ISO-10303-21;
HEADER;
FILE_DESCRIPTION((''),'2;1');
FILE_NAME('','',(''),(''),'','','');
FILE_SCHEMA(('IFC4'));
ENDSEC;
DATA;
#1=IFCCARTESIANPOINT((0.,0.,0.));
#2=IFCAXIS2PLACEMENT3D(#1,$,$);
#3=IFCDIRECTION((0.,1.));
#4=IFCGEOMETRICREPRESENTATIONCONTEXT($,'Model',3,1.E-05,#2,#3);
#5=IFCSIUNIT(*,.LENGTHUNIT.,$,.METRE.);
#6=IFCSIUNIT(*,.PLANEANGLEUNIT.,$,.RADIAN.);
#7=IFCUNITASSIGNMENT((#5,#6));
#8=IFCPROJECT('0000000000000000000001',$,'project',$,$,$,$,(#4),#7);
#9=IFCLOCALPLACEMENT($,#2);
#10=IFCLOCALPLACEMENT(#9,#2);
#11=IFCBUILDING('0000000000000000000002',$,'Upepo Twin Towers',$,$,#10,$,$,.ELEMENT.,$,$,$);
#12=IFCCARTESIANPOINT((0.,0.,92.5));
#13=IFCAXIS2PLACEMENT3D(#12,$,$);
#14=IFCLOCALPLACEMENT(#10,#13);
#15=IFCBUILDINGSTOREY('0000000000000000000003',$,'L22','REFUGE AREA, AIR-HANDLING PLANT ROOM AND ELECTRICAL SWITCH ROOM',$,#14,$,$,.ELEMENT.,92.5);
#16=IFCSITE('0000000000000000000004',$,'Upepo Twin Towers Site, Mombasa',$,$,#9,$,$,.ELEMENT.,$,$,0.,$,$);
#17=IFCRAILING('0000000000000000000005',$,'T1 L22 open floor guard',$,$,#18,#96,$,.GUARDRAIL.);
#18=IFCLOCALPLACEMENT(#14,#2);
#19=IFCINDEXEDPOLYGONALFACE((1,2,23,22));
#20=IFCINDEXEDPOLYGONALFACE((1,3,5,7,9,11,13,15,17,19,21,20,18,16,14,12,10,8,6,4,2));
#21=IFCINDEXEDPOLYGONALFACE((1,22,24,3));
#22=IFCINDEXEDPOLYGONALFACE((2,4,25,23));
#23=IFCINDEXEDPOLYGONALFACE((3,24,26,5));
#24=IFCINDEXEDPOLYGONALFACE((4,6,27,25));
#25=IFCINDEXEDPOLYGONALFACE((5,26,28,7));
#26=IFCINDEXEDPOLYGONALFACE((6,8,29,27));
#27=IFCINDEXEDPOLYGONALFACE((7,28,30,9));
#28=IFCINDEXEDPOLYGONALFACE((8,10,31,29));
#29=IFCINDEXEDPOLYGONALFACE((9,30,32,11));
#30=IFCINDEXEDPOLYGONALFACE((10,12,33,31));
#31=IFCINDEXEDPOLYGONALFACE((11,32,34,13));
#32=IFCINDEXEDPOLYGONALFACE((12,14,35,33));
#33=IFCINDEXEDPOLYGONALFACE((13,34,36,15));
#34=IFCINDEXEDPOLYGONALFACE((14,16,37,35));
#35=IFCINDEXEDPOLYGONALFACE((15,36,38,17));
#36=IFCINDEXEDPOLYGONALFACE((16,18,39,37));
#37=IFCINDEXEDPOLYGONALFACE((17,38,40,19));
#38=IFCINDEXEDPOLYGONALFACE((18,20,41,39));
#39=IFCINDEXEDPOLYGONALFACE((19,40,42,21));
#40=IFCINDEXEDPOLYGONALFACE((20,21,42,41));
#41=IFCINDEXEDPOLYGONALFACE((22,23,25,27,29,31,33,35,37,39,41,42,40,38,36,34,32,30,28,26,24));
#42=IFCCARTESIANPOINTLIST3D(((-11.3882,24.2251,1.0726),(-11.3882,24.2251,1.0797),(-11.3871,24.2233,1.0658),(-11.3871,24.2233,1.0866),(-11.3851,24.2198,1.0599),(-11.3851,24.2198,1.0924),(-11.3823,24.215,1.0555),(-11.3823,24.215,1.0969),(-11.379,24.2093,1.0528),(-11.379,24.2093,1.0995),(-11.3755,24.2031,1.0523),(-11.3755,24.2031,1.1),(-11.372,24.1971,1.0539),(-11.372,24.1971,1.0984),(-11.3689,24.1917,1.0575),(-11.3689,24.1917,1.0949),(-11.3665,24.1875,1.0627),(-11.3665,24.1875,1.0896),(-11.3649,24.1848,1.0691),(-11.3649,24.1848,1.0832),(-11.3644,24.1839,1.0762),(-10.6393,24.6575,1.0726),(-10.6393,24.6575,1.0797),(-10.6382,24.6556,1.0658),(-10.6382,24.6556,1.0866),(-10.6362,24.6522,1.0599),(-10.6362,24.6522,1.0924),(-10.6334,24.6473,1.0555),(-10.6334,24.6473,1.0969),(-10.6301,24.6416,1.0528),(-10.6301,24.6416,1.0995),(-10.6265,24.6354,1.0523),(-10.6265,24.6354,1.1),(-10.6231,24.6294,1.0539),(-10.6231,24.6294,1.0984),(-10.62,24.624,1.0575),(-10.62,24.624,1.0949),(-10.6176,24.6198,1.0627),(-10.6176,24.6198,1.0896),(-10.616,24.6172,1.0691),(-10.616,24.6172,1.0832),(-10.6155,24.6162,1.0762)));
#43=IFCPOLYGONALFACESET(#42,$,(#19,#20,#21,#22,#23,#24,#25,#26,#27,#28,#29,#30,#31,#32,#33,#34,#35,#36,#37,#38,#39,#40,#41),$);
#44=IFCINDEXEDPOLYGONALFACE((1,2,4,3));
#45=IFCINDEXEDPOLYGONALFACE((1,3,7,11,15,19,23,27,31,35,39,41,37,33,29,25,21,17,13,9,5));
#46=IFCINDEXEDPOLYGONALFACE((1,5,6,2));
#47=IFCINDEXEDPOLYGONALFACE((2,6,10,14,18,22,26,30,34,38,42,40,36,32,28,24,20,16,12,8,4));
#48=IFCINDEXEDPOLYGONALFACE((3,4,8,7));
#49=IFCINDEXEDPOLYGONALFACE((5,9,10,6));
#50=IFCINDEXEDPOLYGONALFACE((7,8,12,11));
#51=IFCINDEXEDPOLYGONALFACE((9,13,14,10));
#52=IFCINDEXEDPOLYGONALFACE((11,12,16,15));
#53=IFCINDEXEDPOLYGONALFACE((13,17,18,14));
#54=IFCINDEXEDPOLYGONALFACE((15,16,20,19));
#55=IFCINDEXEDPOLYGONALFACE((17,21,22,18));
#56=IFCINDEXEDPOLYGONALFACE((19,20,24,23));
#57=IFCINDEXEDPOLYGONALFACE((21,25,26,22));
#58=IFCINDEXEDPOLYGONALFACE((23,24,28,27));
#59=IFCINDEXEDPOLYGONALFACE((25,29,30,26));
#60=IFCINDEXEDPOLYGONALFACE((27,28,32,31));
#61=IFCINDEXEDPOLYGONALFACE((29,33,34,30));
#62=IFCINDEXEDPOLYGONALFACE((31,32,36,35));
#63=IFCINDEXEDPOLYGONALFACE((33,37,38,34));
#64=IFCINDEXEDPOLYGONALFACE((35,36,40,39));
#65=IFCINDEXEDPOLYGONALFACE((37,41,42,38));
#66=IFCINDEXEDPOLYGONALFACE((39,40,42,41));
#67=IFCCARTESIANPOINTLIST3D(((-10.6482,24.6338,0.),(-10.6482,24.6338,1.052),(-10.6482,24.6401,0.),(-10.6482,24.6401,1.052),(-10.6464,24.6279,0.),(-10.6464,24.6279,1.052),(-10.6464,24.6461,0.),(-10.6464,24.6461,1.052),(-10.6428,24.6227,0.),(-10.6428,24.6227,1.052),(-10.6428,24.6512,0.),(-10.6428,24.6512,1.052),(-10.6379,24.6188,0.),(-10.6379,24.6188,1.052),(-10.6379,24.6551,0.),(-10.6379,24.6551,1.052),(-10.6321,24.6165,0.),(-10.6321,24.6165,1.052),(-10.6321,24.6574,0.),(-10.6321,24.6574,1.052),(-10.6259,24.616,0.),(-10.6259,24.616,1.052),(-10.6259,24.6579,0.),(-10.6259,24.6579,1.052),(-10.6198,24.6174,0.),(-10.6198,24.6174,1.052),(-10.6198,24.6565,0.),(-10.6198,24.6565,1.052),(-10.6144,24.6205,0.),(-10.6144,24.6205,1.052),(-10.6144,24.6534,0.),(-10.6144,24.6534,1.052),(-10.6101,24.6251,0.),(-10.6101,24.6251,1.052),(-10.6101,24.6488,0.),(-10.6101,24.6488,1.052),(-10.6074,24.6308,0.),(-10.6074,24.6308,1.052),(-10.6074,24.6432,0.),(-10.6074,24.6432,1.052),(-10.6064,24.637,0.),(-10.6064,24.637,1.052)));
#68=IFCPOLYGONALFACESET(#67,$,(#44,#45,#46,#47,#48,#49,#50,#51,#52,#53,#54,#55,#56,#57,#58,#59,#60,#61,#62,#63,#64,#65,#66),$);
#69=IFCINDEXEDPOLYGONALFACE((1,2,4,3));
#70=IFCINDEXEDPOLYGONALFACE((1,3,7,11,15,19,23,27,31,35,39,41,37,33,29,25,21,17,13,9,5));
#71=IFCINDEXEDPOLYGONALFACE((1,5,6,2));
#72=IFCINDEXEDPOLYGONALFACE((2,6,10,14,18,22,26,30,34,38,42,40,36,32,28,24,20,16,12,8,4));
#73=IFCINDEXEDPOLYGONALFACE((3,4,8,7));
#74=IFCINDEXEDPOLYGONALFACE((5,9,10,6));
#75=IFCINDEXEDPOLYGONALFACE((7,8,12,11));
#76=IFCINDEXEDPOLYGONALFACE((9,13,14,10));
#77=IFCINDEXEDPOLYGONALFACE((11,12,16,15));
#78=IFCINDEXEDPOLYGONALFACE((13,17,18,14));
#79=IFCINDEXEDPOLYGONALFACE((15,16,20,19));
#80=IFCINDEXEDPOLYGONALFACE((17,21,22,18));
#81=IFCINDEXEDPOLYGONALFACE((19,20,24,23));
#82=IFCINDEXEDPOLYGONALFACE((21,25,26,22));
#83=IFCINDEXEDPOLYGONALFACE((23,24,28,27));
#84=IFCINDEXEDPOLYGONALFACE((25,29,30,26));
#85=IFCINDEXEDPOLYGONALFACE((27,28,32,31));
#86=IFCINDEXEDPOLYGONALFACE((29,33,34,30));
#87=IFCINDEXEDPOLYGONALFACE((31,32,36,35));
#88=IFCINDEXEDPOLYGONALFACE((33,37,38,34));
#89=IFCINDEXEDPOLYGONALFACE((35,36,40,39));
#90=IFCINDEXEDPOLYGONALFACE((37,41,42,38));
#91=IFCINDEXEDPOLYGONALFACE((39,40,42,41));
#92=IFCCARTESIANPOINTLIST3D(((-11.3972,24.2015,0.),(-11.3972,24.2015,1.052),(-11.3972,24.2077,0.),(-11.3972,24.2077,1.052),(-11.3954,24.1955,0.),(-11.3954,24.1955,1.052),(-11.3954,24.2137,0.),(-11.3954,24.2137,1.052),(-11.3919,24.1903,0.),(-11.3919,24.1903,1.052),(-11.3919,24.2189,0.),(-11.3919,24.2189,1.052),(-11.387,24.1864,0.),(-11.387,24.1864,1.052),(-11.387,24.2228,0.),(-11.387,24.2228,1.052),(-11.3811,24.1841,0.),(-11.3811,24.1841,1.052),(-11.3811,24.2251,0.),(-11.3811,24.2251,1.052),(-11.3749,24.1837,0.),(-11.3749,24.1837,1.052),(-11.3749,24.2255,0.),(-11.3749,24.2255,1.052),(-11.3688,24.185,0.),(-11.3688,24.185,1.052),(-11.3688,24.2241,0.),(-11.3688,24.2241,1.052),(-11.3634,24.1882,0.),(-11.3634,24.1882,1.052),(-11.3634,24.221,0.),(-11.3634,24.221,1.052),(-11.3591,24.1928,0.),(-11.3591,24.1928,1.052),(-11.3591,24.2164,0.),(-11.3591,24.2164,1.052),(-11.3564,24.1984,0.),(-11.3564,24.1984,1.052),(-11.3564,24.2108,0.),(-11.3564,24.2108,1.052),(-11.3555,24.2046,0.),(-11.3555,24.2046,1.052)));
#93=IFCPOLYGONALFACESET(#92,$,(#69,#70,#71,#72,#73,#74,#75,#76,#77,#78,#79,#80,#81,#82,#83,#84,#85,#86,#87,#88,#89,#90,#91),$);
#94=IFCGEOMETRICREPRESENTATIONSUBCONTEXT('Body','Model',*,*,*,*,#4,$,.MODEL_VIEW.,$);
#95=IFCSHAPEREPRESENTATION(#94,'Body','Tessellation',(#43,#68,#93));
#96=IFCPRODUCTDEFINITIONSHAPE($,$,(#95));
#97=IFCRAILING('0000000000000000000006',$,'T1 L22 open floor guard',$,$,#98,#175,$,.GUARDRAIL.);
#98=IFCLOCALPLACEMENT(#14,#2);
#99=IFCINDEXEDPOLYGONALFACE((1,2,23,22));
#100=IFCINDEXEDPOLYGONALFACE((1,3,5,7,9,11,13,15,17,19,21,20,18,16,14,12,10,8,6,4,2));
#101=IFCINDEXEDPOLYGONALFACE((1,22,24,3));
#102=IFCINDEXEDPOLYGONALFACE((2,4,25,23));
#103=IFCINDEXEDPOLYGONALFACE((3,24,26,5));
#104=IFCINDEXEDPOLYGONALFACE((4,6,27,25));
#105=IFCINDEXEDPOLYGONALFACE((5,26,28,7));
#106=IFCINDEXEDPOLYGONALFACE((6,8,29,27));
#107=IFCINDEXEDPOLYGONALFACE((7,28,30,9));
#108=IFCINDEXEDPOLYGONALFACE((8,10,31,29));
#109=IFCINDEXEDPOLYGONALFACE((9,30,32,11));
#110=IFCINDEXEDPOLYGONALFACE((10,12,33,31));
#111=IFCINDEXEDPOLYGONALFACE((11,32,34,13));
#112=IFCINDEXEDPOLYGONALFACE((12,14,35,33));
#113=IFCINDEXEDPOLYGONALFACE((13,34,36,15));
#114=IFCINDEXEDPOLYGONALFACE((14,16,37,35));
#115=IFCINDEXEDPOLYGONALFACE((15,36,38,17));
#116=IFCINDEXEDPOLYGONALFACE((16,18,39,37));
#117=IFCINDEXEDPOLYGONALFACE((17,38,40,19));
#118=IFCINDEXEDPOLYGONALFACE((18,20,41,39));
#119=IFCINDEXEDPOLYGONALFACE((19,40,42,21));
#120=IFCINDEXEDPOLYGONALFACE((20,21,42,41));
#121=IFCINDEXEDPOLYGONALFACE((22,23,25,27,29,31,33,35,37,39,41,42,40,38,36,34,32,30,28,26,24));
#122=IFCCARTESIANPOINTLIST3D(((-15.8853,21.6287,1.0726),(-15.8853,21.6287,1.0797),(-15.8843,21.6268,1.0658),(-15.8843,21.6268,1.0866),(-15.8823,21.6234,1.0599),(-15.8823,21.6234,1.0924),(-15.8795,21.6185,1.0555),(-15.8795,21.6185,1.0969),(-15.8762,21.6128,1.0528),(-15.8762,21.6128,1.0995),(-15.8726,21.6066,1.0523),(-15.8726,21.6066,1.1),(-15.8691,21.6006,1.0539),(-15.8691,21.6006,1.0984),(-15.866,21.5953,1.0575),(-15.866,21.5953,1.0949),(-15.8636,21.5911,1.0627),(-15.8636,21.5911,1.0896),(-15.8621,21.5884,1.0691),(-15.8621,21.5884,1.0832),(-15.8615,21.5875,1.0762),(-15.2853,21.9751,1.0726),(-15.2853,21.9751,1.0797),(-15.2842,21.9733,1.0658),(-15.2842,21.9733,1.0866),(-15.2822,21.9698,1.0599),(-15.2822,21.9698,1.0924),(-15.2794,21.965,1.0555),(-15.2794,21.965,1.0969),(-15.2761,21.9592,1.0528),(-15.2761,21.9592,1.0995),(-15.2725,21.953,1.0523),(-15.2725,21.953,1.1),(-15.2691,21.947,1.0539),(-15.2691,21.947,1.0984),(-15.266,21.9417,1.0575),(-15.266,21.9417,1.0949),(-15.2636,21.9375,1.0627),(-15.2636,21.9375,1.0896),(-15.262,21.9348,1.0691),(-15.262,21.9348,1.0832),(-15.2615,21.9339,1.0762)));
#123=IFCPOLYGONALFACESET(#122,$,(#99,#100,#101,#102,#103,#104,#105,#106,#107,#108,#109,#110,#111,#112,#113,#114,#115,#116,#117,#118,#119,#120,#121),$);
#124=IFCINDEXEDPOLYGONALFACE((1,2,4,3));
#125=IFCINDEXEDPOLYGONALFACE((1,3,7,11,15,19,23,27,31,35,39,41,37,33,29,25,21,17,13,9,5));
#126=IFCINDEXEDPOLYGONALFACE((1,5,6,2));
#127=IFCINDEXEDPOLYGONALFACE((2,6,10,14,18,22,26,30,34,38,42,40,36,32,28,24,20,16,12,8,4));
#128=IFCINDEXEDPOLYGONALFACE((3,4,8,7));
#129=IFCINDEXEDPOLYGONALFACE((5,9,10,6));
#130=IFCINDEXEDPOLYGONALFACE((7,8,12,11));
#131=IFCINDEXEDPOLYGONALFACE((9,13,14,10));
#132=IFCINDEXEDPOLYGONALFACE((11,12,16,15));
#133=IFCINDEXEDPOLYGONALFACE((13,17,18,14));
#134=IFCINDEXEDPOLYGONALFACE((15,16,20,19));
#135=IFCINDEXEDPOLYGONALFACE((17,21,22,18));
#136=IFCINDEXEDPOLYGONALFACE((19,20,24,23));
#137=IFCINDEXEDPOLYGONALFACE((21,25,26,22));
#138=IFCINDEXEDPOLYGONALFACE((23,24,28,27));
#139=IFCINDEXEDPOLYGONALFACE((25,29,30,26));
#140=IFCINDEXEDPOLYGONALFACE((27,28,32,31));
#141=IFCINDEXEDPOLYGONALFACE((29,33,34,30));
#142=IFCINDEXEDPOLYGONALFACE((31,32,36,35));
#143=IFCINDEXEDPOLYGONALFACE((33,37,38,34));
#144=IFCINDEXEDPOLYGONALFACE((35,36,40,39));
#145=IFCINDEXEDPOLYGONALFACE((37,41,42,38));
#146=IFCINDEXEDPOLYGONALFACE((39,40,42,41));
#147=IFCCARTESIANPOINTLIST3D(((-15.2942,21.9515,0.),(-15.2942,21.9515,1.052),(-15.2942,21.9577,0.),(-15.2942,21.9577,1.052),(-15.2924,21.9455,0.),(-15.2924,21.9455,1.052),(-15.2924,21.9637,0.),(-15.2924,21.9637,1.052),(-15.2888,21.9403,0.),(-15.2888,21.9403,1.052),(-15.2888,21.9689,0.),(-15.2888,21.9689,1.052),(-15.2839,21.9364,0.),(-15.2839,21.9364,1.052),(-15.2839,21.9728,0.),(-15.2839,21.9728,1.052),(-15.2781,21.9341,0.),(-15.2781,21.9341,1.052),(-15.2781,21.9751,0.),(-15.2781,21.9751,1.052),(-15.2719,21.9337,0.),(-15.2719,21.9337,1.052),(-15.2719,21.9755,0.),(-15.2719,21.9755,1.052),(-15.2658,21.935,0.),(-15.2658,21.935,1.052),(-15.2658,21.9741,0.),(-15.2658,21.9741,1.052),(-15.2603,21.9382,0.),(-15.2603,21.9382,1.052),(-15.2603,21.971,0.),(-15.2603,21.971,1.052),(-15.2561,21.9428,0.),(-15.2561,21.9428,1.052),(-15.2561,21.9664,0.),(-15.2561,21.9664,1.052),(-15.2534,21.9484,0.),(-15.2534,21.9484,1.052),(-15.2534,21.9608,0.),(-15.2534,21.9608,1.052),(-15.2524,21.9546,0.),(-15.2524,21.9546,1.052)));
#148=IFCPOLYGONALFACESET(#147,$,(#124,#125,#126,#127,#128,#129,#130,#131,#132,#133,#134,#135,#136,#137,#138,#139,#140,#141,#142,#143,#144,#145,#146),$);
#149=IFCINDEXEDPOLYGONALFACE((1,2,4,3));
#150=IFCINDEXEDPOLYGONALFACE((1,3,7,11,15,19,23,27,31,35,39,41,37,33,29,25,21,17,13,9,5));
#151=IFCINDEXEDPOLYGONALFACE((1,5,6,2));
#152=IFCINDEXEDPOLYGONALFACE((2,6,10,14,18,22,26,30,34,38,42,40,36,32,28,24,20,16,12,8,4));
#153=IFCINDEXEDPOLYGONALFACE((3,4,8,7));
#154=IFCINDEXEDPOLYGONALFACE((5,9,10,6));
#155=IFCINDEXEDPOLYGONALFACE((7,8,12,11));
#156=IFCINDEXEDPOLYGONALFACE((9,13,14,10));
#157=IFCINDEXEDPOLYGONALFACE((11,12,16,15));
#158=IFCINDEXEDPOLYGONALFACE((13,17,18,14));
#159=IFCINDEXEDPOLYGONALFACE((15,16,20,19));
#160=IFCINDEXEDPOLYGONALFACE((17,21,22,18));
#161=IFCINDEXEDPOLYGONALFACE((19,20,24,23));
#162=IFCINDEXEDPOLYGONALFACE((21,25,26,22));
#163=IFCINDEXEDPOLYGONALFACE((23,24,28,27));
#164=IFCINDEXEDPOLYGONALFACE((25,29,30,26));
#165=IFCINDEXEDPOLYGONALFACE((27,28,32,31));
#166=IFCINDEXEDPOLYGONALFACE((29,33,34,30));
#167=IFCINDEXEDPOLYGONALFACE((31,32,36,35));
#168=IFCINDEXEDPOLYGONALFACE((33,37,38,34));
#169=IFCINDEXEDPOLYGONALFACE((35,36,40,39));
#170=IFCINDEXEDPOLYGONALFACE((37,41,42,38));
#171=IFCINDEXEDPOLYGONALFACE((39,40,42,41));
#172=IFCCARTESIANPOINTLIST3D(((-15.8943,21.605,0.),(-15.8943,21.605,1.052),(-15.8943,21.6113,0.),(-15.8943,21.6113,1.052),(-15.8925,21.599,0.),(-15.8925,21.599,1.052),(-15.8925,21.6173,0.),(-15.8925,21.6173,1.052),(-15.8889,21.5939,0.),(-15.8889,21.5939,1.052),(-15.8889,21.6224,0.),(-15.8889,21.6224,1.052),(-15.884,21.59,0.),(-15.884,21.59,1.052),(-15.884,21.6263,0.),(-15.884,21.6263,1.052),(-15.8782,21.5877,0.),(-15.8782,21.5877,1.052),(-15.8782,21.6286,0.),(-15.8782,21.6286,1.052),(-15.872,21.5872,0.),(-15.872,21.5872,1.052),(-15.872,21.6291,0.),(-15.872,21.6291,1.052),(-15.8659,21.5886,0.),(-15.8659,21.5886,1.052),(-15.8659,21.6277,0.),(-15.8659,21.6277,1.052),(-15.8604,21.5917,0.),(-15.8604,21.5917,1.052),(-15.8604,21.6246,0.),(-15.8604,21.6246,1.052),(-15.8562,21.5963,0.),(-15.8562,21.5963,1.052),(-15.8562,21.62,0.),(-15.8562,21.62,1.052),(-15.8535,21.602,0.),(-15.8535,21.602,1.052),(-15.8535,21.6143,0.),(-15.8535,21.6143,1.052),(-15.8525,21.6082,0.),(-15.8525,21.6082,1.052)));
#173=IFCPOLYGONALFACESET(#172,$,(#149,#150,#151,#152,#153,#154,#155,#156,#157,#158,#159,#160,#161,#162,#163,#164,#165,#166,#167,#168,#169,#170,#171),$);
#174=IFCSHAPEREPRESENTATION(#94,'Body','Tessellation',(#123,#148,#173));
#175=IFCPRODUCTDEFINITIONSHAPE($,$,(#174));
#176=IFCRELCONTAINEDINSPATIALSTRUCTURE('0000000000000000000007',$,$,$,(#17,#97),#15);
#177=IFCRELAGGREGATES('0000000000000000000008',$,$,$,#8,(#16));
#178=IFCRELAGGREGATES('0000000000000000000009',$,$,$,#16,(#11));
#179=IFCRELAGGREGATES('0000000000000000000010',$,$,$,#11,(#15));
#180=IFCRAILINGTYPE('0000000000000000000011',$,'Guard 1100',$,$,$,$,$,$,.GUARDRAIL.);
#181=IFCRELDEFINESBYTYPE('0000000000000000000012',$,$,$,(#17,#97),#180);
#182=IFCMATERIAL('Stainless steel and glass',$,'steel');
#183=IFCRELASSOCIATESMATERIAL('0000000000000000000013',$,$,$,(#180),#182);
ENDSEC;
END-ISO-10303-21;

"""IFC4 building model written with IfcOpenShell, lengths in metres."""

from ifc_helpers import new_model, si_unit, direction, frame, origin, origin_2d, place, context, subcontext, project, spatial, circle, extrude, material, type_object, element, save


model = new_model("IFC4")

# Units and contexts
model_context = context("Model", 3, precision=1e-05, world=origin(), true_north=direction((0.0, 1.0)))
body_context = subcontext(model_context, "Body", "Model", "MODEL_VIEW")
ifc_project = project(units=[si_unit("LENGTHUNIT", "METRE"), si_unit("PLANEANGLEUNIT", "RADIAN")], contexts=[model_context])

# Site, building, storey
site_placement = place(None, origin())
site = spatial("IfcSite", under=ifc_project, at=site_placement, Name="Upepo Twin Towers Site, Mombasa", CompositionType="ELEMENT", RefElevation=0.0)
building_placement = place(site_placement, origin())
building = spatial("IfcBuilding", under=site, at=building_placement, Name="Upepo Twin Towers", CompositionType="ELEMENT")
storey_placement = place(building_placement, frame((0.0, 0.0, 92.5)))
storey = spatial("IfcBuildingStorey", under=building, at=storey_placement, Name="L22", Description="REFUGE AREA, AIR-HANDLING PLANT ROOM AND ELECTRICAL SWITCH ROOM", CompositionType="ELEMENT", Elevation=92.5)

# Railings
ifc_material_1 = material(Name="Stainless steel and glass", Category="steel")
railing_type = type_object("IfcRailingType", Name="Guard 1100", PredefinedType="GUARDRAIL", material=ifc_material_1)
railing_1_placement = place(storey_placement, frame((-10.6274, 24.637, 0.0)))
element("IfcRailing", 1, at=railing_1_placement, inside=storey, type_object=railing_type, Name="T1 L22 open floor guard", PredefinedType="GUARDRAIL", context=body_context, shape_type="SweptSolid", body=[
    extrude(circle(Radius=0.0239, at=origin_2d()), frame((0.0, 0.0, 1.0762), z_axis=(-0.866063, -0.499934, 0.0), x_axis=(0.499934, -0.866063, 0.0)), (0.0, 0.0, 1.0), 0.8647),
    extrude(circle(Radius=0.021, at=origin_2d()), origin(), (0.0, 0.0, 1.0), 1.052),
    extrude(circle(Radius=0.021, at=origin_2d()), frame((-0.749, -0.4324, 0.0)), (0.0, 0.0, 1.0), 1.052),
])
railing_2_placement = place(storey_placement, frame((-15.2734, 21.9546, 0.0)))
element("IfcRailing", 2, at=railing_2_placement, inside=storey, type_object=railing_type, Name="T1 L22 open floor guard", PredefinedType="GUARDRAIL", context=body_context, shape_type="SweptSolid", body=[
    extrude(circle(Radius=0.0239, at=origin_2d()), frame((0.0, 0.0, 1.0762), z_axis=(-0.866045, -0.499966, 0.0), x_axis=(0.499966, -0.866045, 0.0)), (0.0, 0.0, 1.0), 0.6929),
    extrude(circle(Radius=0.021, at=origin_2d()), origin(), (0.0, 0.0, 1.0), 1.052),
    extrude(circle(Radius=0.021, at=origin_2d()), frame((-0.6001, -0.3464, 0.0)), (0.0, 0.0, 1.0), 1.052),
])

save(model, "model.ifc")
